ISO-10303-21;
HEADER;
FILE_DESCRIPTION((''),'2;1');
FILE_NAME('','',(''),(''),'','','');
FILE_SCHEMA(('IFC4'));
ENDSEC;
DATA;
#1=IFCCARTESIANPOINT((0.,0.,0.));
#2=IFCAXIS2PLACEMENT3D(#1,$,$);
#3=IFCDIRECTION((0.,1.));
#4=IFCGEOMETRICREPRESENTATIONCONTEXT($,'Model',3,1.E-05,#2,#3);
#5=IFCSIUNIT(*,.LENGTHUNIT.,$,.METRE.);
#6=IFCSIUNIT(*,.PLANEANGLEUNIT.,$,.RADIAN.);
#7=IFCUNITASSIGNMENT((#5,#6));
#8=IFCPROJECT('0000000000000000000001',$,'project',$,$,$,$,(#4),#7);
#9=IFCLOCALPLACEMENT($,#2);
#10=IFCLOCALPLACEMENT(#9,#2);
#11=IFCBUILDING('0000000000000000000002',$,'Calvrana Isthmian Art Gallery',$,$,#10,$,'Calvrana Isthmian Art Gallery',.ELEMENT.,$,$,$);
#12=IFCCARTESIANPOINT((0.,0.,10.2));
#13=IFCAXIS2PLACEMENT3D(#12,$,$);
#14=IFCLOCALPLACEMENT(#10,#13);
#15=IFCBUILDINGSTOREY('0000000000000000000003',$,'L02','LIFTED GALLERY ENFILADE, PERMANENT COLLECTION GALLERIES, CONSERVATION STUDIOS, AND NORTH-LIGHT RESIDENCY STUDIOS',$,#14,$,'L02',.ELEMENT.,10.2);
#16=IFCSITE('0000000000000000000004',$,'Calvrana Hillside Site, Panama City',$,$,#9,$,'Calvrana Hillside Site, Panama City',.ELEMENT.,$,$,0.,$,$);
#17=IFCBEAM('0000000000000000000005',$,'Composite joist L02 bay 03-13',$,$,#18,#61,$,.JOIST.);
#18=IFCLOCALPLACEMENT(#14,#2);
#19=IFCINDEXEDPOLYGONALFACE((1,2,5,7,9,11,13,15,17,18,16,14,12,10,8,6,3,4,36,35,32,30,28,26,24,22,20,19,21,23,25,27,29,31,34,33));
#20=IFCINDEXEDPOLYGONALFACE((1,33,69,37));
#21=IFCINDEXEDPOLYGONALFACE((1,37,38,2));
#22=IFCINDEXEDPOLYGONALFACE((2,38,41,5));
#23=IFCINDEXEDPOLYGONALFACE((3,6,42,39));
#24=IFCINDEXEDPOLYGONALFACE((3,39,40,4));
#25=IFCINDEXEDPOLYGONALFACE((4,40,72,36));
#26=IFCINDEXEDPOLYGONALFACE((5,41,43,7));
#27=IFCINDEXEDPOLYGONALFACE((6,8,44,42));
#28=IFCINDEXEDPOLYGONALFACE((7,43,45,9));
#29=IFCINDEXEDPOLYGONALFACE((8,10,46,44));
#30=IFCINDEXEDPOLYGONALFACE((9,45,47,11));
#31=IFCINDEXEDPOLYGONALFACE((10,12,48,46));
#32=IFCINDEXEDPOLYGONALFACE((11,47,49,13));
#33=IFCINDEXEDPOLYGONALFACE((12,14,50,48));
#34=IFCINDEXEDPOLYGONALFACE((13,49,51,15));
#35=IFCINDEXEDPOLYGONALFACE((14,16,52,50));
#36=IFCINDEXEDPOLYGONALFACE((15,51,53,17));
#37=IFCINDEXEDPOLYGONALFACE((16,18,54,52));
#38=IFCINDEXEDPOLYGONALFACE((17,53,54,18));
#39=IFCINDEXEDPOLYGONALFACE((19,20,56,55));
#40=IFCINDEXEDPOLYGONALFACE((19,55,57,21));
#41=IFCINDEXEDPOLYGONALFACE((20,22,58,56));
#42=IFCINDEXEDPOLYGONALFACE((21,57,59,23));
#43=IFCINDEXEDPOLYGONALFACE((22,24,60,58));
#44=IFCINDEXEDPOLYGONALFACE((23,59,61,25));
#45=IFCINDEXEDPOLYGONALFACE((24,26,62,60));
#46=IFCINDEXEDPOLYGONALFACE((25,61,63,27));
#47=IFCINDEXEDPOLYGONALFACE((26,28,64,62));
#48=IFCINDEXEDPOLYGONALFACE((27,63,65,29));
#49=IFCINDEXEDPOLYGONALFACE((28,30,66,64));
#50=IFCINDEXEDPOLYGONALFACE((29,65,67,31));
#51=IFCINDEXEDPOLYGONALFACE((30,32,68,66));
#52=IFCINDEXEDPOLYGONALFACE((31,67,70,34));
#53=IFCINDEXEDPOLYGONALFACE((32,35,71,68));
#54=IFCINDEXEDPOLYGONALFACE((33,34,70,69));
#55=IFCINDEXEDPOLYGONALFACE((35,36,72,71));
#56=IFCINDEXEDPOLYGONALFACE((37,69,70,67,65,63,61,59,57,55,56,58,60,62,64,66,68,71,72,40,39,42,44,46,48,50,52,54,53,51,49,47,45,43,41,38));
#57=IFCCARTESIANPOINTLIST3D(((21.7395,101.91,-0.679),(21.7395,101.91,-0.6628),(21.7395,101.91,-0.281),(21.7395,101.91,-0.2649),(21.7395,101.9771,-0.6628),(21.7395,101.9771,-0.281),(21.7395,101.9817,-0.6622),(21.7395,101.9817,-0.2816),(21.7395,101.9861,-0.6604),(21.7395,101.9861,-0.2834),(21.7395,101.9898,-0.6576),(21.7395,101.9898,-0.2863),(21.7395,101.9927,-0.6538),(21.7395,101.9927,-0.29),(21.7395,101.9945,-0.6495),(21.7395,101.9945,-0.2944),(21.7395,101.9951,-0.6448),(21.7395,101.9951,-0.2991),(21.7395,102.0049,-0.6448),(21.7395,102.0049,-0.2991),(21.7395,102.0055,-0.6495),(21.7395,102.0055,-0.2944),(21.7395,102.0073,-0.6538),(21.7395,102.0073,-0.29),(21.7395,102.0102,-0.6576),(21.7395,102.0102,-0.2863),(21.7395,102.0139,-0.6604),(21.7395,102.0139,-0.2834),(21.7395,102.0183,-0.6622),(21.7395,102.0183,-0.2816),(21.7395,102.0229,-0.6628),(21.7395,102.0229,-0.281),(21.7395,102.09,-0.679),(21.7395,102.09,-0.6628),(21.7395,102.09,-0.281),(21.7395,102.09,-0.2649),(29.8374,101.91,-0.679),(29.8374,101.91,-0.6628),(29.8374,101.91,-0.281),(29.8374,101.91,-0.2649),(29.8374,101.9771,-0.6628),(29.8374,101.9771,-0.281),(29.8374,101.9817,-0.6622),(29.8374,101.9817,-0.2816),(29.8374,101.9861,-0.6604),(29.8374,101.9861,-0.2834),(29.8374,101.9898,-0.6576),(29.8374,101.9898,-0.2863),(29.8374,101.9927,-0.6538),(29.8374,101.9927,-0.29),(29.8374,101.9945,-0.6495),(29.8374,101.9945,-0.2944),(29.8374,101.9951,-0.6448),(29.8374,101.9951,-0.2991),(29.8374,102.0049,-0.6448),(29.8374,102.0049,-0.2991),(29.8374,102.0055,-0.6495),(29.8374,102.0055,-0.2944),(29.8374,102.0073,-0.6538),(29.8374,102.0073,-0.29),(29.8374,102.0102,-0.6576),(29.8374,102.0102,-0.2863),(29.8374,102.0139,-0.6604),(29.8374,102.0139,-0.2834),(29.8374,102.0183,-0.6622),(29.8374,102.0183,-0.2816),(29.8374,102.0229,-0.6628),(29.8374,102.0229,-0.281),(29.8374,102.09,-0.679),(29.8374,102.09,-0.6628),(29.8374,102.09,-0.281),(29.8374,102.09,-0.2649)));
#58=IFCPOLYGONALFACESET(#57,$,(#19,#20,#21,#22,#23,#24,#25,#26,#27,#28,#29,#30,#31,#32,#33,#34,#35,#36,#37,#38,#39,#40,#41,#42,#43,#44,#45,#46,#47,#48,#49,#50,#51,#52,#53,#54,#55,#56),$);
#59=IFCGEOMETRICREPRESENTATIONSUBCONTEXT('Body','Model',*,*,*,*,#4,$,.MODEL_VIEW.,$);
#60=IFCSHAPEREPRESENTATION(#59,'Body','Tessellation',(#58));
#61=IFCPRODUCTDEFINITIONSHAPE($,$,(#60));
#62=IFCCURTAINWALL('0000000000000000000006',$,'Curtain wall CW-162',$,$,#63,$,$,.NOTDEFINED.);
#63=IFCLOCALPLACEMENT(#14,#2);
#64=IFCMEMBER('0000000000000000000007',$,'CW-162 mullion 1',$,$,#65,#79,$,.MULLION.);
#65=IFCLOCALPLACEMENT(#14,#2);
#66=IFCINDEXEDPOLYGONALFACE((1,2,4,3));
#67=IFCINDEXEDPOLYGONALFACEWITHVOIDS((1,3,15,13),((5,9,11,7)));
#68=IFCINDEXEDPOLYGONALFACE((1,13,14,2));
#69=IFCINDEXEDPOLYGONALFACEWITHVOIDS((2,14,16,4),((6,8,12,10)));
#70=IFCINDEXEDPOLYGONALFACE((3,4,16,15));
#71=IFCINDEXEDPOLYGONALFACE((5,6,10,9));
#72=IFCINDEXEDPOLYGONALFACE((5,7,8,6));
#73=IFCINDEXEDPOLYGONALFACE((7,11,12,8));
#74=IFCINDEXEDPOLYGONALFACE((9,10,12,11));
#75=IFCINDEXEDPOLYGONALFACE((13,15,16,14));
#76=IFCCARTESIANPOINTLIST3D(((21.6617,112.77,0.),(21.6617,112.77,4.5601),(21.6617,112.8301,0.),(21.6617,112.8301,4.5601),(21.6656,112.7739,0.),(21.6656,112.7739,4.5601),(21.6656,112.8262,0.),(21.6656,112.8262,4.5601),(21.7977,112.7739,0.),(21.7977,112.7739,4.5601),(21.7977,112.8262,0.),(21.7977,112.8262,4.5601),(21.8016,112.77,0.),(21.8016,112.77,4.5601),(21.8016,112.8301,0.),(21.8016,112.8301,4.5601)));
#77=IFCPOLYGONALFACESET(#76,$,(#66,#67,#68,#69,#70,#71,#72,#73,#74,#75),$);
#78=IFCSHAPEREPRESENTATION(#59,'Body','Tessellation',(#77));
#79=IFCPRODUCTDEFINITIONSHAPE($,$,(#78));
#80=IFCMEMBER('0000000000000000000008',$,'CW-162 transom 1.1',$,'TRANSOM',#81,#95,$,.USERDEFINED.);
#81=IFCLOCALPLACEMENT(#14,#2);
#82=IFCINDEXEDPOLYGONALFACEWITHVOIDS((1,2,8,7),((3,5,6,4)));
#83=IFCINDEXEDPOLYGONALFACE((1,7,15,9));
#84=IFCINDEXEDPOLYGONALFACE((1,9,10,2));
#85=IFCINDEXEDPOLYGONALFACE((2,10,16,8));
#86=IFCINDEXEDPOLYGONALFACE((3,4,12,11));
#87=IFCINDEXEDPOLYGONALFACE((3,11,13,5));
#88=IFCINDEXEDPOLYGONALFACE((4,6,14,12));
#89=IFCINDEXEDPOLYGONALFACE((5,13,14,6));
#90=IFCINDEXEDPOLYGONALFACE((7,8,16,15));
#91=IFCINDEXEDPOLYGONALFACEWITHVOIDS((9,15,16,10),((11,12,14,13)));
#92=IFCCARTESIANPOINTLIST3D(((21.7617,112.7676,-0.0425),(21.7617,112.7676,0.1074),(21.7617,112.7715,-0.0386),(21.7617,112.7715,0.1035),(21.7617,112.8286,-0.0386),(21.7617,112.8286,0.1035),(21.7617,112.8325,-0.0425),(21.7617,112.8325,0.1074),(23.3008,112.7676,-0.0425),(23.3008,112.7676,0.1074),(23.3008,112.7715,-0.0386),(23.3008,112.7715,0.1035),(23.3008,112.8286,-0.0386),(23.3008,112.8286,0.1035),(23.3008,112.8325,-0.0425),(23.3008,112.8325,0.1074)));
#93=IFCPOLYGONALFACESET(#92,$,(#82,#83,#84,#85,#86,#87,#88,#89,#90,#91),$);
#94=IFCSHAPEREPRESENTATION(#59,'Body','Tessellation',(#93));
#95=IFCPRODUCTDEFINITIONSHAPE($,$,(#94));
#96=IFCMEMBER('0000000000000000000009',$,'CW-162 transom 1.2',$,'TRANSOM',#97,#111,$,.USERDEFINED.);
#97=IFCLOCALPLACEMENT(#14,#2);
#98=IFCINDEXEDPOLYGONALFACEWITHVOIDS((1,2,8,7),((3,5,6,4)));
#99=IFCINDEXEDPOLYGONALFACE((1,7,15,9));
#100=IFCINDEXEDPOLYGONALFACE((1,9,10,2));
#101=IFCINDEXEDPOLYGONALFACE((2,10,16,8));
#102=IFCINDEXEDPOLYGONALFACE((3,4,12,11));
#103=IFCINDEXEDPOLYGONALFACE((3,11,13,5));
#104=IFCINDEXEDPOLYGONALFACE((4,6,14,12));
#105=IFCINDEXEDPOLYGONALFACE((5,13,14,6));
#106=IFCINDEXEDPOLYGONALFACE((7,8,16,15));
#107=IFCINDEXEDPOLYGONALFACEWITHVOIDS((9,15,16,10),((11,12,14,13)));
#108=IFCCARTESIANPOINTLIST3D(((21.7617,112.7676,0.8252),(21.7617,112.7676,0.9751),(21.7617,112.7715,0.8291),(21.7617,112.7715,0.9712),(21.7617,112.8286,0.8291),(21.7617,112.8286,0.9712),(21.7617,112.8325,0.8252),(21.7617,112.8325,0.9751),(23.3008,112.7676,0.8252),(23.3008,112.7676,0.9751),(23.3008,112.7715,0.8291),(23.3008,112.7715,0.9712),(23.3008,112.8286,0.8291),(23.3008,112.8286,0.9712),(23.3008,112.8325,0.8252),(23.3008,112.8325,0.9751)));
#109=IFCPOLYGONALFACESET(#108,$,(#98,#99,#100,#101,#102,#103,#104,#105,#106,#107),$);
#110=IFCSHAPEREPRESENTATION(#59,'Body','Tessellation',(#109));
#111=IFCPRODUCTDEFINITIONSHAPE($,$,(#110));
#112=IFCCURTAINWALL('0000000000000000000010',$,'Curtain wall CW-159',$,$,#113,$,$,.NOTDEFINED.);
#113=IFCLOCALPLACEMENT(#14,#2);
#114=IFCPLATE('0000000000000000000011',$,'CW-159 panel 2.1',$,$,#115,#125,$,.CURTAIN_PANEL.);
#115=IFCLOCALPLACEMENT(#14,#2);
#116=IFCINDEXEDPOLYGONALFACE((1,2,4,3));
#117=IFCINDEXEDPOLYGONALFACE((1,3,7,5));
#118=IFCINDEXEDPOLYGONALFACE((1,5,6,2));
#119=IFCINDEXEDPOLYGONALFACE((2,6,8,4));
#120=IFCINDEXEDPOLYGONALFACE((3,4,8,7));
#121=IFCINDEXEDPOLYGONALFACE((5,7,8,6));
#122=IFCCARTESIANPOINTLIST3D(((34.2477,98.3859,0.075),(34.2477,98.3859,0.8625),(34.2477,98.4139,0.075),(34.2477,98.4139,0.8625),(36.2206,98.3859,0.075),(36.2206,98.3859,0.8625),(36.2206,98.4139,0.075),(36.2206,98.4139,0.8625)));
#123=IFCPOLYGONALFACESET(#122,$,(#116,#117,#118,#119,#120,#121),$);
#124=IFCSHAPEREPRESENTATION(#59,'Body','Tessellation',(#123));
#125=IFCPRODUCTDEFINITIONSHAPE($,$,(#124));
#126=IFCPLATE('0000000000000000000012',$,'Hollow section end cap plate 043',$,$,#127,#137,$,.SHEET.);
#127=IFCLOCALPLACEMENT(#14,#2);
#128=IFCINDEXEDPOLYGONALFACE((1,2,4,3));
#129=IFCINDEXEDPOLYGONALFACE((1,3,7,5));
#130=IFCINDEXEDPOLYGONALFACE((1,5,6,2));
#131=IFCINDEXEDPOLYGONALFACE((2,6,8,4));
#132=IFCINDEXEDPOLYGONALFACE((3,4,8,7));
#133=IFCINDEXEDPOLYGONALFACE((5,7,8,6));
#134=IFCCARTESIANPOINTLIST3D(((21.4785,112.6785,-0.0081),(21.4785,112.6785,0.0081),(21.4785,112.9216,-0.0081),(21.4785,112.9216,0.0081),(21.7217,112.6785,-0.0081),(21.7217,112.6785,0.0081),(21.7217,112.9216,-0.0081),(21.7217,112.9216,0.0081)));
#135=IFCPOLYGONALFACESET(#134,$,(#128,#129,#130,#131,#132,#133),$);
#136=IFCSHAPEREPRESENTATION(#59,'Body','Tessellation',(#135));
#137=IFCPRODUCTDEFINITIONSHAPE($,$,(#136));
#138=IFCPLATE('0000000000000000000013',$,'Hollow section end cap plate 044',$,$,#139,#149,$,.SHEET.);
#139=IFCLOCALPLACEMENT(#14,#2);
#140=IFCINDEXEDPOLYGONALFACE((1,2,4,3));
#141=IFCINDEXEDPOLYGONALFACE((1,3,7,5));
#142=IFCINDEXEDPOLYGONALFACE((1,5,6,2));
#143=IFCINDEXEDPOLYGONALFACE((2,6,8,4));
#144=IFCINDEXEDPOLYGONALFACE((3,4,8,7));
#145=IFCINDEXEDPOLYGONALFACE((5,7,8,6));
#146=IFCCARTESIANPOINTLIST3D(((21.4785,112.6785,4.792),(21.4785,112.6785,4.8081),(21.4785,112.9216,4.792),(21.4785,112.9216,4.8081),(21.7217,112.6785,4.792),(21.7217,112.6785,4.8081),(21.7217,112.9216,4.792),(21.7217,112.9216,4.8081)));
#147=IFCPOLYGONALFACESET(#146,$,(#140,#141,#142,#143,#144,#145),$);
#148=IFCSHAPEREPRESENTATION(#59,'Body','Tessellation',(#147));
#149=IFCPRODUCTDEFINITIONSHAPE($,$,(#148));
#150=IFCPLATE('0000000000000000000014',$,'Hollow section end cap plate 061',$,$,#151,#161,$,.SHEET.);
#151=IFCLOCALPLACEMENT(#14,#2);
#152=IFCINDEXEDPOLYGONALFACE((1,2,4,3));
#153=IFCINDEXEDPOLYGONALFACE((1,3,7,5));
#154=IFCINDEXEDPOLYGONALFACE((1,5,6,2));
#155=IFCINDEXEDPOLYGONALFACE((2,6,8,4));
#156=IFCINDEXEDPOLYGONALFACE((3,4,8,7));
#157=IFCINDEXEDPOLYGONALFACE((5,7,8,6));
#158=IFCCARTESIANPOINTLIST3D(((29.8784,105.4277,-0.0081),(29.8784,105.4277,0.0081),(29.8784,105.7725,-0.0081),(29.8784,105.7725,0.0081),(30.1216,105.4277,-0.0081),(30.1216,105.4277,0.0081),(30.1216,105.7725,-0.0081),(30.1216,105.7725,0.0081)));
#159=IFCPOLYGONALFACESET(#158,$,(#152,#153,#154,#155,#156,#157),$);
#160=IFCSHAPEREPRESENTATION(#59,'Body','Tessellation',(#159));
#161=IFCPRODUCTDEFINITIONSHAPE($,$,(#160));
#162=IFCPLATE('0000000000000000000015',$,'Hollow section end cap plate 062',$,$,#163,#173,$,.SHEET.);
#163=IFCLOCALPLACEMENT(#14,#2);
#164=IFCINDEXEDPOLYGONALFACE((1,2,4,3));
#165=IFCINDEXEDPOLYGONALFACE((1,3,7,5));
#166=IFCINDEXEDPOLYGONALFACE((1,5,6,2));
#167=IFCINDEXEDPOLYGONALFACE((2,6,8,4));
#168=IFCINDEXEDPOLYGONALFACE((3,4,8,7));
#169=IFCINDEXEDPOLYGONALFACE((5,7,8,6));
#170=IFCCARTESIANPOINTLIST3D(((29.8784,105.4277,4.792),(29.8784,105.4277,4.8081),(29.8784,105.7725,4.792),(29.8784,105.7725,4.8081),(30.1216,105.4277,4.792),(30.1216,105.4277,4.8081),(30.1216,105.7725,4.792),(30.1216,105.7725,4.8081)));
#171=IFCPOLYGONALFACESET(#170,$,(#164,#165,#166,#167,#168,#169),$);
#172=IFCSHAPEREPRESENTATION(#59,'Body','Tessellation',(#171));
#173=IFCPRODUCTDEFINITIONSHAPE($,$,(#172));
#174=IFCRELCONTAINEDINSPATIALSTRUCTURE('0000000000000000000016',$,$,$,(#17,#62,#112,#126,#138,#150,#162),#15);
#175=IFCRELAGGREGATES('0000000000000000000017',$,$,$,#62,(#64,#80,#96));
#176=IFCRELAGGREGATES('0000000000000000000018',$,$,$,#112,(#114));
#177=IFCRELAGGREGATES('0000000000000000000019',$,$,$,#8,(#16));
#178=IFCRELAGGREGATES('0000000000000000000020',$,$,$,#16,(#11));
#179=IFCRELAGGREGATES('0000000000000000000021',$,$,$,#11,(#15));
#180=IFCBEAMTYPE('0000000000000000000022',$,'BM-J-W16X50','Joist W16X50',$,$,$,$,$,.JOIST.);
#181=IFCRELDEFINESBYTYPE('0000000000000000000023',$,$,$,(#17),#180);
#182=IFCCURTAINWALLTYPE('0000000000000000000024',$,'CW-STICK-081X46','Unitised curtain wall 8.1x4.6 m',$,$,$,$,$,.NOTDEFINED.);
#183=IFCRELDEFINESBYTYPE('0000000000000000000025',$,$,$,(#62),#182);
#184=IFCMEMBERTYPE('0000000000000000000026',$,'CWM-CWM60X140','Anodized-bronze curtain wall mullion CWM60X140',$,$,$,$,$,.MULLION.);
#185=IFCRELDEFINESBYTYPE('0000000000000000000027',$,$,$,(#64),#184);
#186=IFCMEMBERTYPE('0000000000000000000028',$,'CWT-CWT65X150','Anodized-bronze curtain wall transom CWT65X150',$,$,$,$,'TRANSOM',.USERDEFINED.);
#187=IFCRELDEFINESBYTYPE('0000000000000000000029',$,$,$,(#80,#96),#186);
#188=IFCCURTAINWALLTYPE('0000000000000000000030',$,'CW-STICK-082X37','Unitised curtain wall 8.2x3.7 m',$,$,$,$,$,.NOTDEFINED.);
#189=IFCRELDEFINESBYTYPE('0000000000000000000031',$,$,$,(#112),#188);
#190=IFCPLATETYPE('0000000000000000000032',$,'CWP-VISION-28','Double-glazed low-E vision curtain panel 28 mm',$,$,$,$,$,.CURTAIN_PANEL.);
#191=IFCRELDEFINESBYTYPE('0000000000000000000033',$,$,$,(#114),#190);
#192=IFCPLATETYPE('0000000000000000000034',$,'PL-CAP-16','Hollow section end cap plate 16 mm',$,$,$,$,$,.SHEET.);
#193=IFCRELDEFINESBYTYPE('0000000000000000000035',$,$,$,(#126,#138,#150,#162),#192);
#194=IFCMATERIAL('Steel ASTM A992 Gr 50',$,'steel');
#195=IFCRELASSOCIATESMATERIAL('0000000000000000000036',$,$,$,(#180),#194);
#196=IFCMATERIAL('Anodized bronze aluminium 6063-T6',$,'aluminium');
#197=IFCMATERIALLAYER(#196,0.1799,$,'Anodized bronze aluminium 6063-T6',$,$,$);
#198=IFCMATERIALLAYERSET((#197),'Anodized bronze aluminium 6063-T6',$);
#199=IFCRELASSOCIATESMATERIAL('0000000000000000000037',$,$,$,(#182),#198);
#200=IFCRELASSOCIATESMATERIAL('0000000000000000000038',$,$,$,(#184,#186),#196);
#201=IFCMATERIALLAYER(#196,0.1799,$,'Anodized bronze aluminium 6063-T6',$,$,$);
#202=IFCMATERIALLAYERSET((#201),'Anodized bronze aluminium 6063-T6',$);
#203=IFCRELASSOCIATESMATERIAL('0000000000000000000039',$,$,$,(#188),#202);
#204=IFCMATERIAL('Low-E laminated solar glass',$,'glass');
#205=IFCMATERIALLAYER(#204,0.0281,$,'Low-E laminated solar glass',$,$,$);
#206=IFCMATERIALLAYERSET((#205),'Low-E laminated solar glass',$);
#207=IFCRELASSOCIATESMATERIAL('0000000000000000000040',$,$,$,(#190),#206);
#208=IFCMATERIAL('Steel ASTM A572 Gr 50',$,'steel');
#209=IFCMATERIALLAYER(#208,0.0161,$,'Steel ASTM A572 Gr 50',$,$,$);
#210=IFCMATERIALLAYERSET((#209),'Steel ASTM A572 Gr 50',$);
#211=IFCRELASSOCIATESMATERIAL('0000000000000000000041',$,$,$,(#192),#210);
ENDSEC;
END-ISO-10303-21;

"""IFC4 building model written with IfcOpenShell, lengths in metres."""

from ifc_helpers import new_model, si_unit, direction, frame, origin, origin_2d, place, context, subcontext, project, spatial, rectangle, hollow_rectangle, i_section, extrude, material, layer, layer_set, material_profile, profile_set, type_object, element, aggregate, save


model = new_model("IFC4")

# Units and contexts
model_context = context("Model", 3, precision=1e-05, world=origin(), true_north=direction((0.0, 1.0)))
body_context = subcontext(model_context, "Body", "Model", "MODEL_VIEW")
ifc_project = project(units=[si_unit("LENGTHUNIT", "METRE"), si_unit("PLANEANGLEUNIT", "RADIAN")], contexts=[model_context])

# Site, building, storey
site_placement = place(None, origin())
site = spatial("IfcSite", under=ifc_project, at=site_placement, Name="Calvrana Hillside Site, Panama City", LongName="Calvrana Hillside Site, Panama City", CompositionType="ELEMENT", RefElevation=0.0)
building_placement = place(site_placement, origin())
building = spatial("IfcBuilding", under=site, at=building_placement, Name="Calvrana Isthmian Art Gallery", LongName="Calvrana Isthmian Art Gallery", CompositionType="ELEMENT")
storey_placement = place(building_placement, frame((0.0, 0.0, 10.2)))
storey = spatial("IfcBuildingStorey", under=building, at=storey_placement, Name="L02", Description="LIFTED GALLERY ENFILADE, PERMANENT COLLECTION GALLERIES, CONSERVATION STUDIOS, AND NORTH-LIGHT RESIDENCY STUDIOS", LongName="L02", CompositionType="ELEMENT", Elevation=10.2)

# Beam
ifc_material_1 = material(Name="Steel ASTM A992 Gr 50", Category="steel")
ifc_material_profile_1 = material_profile(ifc_material_1, i_section(OverallWidth=0.1799, OverallDepth=0.4141, WebThickness=0.0098, FlangeThickness=0.0161, FilletRadius=0.0181, at=origin_2d()), Name="W16X50")
ifc_profile_set_1 = profile_set([ifc_material_profile_1], Name="Steel ASTM A992 Gr 50")
beam_type_1 = type_object("IfcBeamType", Name="BM-J-W16X50", Description="Joist W16X50", PredefinedType="JOIST", material=ifc_profile_set_1)
beam_1_placement = place(storey_placement, frame((21.7395, 102.0, -0.4719), z_axis=(1.0, 0.0, 0.0), x_axis=(0.0, 1.0, 0.0)))
element("IfcBeam", 1, at=beam_1_placement, inside=storey, type_object=beam_type_1, Name="Composite joist L02 bay 03-13", PredefinedType="JOIST", context=body_context, shape_type="SweptSolid", body=[
    extrude(i_section(OverallWidth=0.1799, OverallDepth=0.4141, WebThickness=0.0098, FlangeThickness=0.0161, FilletRadius=0.0181, at=origin_2d()), origin(), (0.0, 0.0, 1.0), 8.0979),
])

# Curtain wall, members
ifc_material_2 = material(Name="Anodized bronze aluminium 6063-T6", Category="aluminium")
ifc_layer_1 = layer(ifc_material_2, 0.1799, Name="Anodized bronze aluminium 6063-T6")
ifc_layer_set_1 = layer_set([ifc_layer_1], Name="Anodized bronze aluminium 6063-T6")
curtain_wall_type_1 = type_object("IfcCurtainWallType", Name="CW-STICK-081X46", Description="Unitised curtain wall 8.1x4.6 m", PredefinedType="NOTDEFINED", material=ifc_layer_set_1)
curtain_wall_1_placement = place(storey_placement, origin())
curtain_wall_1 = element("IfcCurtainWall", 2, at=curtain_wall_1_placement, inside=storey, type_object=curtain_wall_type_1, Name="Curtain wall CW-162", PredefinedType="NOTDEFINED")
ifc_material_profile_2 = material_profile(ifc_material_2, hollow_rectangle(XDim=0.0601, YDim=0.1399, WallThickness=0.0039, at=origin_2d()), Name="CWM60X140")
ifc_profile_set_2 = profile_set([ifc_material_profile_2], Name="Anodized bronze aluminium 6063-T6")
member_type_1 = type_object("IfcMemberType", Name="CWM-CWM60X140", Description="Anodized-bronze curtain wall mullion CWM60X140", PredefinedType="MULLION", material=ifc_profile_set_2)
member_1_placement = place(storey_placement, frame((21.7317, 112.8, 0.0), z_axis=(0.0, 0.0, 1.0), x_axis=(0.0, 1.0, 0.0)))
member_1 = element("IfcMember", 3, at=member_1_placement, type_object=member_type_1, Name="CW-162 mullion 1", PredefinedType="MULLION", context=body_context, shape_type="SweptSolid", body=[
    extrude(hollow_rectangle(XDim=0.0601, YDim=0.1399, WallThickness=0.0039, at=origin_2d()), origin(), (0.0, 0.0, 1.0), 4.5601),
])
ifc_material_profile_3 = material_profile(ifc_material_2, hollow_rectangle(XDim=0.0649, YDim=0.1499, WallThickness=0.0039, at=origin_2d()), Name="CWT65X150")
ifc_profile_set_3 = profile_set([ifc_material_profile_3], Name="Anodized bronze aluminium 6063-T6")
member_type_2 = type_object("IfcMemberType", Name="CWT-CWT65X150", Description="Anodized-bronze curtain wall transom CWT65X150", ElementType="TRANSOM", PredefinedType="USERDEFINED", material=ifc_profile_set_3)
member_2_placement = place(storey_placement, frame((21.7617, 112.8, 0.0325), z_axis=(1.0, 0.0, 0.0), x_axis=(0.0, 1.0, 0.0)))
member_2 = element("IfcMember", 4, at=member_2_placement, type_object=member_type_2, Name="CW-162 transom 1.1", ObjectType="TRANSOM", PredefinedType="USERDEFINED", context=body_context, shape_type="SweptSolid", body=[
    extrude(hollow_rectangle(XDim=0.0649, YDim=0.1499, WallThickness=0.0039, at=origin_2d()), origin(), (0.0, 0.0, 1.0), 1.5391),
])
member_3_placement = place(storey_placement, frame((21.7617, 112.8, 0.9001), z_axis=(1.0, 0.0, 0.0), x_axis=(0.0, 1.0, 0.0)))
member_3 = element("IfcMember", 5, at=member_3_placement, type_object=member_type_2, Name="CW-162 transom 1.2", ObjectType="TRANSOM", PredefinedType="USERDEFINED", context=body_context, shape_type="SweptSolid", body=[
    extrude(hollow_rectangle(XDim=0.0649, YDim=0.1499, WallThickness=0.0039, at=origin_2d()), origin(), (0.0, 0.0, 1.0), 1.5391),
])
aggregate(curtain_wall_1, [member_1, member_2, member_3])

# Curtain wall, plate
ifc_layer_2 = layer(ifc_material_2, 0.1799, Name="Anodized bronze aluminium 6063-T6")
ifc_layer_set_2 = layer_set([ifc_layer_2], Name="Anodized bronze aluminium 6063-T6")
curtain_wall_type_2 = type_object("IfcCurtainWallType", Name="CW-STICK-082X37", Description="Unitised curtain wall 8.2x3.7 m", PredefinedType="NOTDEFINED", material=ifc_layer_set_2)
curtain_wall_2_placement = place(storey_placement, origin())
curtain_wall_2 = element("IfcCurtainWall", 6, at=curtain_wall_2_placement, inside=storey, type_object=curtain_wall_type_2, Name="Curtain wall CW-159", PredefinedType="NOTDEFINED")
ifc_material_3 = material(Name="Low-E laminated solar glass", Category="glass")
ifc_layer_3 = layer(ifc_material_3, 0.0281, Name="Low-E laminated solar glass")
ifc_layer_set_3 = layer_set([ifc_layer_3], Name="Low-E laminated solar glass")
plate_type_1 = type_object("IfcPlateType", Name="CWP-VISION-28", Description="Double-glazed low-E vision curtain panel 28 mm", PredefinedType="CURTAIN_PANEL", material=ifc_layer_set_3)
plate_placement = place(storey_placement, frame((35.2341, 98.3999, 0.075), z_axis=(0.0, 0.0, 1.0), x_axis=(-1.0, 0.0, 0.0)))
plate = element("IfcPlate", 7, at=plate_placement, type_object=plate_type_1, Name="CW-159 panel 2.1", PredefinedType="CURTAIN_PANEL", context=body_context, shape_type="SweptSolid", body=[
    extrude(rectangle(XDim=1.9729, YDim=0.0281, at=origin_2d()), origin(), (0.0, 0.0, 1.0), 0.7876),
])
aggregate(curtain_wall_2, [plate])

# Plates
ifc_material_4 = material(Name="Steel ASTM A572 Gr 50", Category="steel")
ifc_layer_4 = layer(ifc_material_4, 0.0161, Name="Steel ASTM A572 Gr 50")
ifc_layer_set_4 = layer_set([ifc_layer_4], Name="Steel ASTM A572 Gr 50")
plate_type_2 = type_object("IfcPlateType", Name="PL-CAP-16", Description="Hollow section end cap plate 16 mm", PredefinedType="SHEET", material=ifc_layer_set_4)
for number, where, z_axis, x_axis, name in (
    (8, (21.6001, 112.8, -0.0081), (0.0, 0.0, 1.0), (1.0, 0.0, 0.0), "Hollow section end cap plate 043"),
    (9, (21.6001, 112.8, 4.792), (0.0, 0.0, 1.0), (1.0, 0.0, 0.0), "Hollow section end cap plate 044"),
):
    element("IfcPlate", number, at=place(storey_placement, frame(where, z_axis=z_axis, x_axis=x_axis)), inside=storey, type_object=plate_type_2, Name=name, PredefinedType="SHEET", context=body_context, shape_type="SweptSolid", body=[
        extrude(rectangle(XDim=0.2432, YDim=0.2432, at=origin_2d()), origin(), (0.0, 0.0, 1.0), 0.0161),
    ])
for number, where, z_axis, x_axis, name in (
    (10, (30.0, 105.6001, -0.0081), (0.0, 0.0, 1.0), (1.0, 0.0, 0.0), "Hollow section end cap plate 061"),
    (11, (30.0, 105.6001, 4.792), (0.0, 0.0, 1.0), (1.0, 0.0, 0.0), "Hollow section end cap plate 062"),
):
    element("IfcPlate", number, at=place(storey_placement, frame(where, z_axis=z_axis, x_axis=x_axis)), inside=storey, type_object=plate_type_2, Name=name, PredefinedType="SHEET", context=body_context, shape_type="SweptSolid", body=[
        extrude(rectangle(XDim=0.2432, YDim=0.3447, at=origin_2d()), origin(), (0.0, 0.0, 1.0), 0.0161),
    ])

save(model, "model.ifc")
